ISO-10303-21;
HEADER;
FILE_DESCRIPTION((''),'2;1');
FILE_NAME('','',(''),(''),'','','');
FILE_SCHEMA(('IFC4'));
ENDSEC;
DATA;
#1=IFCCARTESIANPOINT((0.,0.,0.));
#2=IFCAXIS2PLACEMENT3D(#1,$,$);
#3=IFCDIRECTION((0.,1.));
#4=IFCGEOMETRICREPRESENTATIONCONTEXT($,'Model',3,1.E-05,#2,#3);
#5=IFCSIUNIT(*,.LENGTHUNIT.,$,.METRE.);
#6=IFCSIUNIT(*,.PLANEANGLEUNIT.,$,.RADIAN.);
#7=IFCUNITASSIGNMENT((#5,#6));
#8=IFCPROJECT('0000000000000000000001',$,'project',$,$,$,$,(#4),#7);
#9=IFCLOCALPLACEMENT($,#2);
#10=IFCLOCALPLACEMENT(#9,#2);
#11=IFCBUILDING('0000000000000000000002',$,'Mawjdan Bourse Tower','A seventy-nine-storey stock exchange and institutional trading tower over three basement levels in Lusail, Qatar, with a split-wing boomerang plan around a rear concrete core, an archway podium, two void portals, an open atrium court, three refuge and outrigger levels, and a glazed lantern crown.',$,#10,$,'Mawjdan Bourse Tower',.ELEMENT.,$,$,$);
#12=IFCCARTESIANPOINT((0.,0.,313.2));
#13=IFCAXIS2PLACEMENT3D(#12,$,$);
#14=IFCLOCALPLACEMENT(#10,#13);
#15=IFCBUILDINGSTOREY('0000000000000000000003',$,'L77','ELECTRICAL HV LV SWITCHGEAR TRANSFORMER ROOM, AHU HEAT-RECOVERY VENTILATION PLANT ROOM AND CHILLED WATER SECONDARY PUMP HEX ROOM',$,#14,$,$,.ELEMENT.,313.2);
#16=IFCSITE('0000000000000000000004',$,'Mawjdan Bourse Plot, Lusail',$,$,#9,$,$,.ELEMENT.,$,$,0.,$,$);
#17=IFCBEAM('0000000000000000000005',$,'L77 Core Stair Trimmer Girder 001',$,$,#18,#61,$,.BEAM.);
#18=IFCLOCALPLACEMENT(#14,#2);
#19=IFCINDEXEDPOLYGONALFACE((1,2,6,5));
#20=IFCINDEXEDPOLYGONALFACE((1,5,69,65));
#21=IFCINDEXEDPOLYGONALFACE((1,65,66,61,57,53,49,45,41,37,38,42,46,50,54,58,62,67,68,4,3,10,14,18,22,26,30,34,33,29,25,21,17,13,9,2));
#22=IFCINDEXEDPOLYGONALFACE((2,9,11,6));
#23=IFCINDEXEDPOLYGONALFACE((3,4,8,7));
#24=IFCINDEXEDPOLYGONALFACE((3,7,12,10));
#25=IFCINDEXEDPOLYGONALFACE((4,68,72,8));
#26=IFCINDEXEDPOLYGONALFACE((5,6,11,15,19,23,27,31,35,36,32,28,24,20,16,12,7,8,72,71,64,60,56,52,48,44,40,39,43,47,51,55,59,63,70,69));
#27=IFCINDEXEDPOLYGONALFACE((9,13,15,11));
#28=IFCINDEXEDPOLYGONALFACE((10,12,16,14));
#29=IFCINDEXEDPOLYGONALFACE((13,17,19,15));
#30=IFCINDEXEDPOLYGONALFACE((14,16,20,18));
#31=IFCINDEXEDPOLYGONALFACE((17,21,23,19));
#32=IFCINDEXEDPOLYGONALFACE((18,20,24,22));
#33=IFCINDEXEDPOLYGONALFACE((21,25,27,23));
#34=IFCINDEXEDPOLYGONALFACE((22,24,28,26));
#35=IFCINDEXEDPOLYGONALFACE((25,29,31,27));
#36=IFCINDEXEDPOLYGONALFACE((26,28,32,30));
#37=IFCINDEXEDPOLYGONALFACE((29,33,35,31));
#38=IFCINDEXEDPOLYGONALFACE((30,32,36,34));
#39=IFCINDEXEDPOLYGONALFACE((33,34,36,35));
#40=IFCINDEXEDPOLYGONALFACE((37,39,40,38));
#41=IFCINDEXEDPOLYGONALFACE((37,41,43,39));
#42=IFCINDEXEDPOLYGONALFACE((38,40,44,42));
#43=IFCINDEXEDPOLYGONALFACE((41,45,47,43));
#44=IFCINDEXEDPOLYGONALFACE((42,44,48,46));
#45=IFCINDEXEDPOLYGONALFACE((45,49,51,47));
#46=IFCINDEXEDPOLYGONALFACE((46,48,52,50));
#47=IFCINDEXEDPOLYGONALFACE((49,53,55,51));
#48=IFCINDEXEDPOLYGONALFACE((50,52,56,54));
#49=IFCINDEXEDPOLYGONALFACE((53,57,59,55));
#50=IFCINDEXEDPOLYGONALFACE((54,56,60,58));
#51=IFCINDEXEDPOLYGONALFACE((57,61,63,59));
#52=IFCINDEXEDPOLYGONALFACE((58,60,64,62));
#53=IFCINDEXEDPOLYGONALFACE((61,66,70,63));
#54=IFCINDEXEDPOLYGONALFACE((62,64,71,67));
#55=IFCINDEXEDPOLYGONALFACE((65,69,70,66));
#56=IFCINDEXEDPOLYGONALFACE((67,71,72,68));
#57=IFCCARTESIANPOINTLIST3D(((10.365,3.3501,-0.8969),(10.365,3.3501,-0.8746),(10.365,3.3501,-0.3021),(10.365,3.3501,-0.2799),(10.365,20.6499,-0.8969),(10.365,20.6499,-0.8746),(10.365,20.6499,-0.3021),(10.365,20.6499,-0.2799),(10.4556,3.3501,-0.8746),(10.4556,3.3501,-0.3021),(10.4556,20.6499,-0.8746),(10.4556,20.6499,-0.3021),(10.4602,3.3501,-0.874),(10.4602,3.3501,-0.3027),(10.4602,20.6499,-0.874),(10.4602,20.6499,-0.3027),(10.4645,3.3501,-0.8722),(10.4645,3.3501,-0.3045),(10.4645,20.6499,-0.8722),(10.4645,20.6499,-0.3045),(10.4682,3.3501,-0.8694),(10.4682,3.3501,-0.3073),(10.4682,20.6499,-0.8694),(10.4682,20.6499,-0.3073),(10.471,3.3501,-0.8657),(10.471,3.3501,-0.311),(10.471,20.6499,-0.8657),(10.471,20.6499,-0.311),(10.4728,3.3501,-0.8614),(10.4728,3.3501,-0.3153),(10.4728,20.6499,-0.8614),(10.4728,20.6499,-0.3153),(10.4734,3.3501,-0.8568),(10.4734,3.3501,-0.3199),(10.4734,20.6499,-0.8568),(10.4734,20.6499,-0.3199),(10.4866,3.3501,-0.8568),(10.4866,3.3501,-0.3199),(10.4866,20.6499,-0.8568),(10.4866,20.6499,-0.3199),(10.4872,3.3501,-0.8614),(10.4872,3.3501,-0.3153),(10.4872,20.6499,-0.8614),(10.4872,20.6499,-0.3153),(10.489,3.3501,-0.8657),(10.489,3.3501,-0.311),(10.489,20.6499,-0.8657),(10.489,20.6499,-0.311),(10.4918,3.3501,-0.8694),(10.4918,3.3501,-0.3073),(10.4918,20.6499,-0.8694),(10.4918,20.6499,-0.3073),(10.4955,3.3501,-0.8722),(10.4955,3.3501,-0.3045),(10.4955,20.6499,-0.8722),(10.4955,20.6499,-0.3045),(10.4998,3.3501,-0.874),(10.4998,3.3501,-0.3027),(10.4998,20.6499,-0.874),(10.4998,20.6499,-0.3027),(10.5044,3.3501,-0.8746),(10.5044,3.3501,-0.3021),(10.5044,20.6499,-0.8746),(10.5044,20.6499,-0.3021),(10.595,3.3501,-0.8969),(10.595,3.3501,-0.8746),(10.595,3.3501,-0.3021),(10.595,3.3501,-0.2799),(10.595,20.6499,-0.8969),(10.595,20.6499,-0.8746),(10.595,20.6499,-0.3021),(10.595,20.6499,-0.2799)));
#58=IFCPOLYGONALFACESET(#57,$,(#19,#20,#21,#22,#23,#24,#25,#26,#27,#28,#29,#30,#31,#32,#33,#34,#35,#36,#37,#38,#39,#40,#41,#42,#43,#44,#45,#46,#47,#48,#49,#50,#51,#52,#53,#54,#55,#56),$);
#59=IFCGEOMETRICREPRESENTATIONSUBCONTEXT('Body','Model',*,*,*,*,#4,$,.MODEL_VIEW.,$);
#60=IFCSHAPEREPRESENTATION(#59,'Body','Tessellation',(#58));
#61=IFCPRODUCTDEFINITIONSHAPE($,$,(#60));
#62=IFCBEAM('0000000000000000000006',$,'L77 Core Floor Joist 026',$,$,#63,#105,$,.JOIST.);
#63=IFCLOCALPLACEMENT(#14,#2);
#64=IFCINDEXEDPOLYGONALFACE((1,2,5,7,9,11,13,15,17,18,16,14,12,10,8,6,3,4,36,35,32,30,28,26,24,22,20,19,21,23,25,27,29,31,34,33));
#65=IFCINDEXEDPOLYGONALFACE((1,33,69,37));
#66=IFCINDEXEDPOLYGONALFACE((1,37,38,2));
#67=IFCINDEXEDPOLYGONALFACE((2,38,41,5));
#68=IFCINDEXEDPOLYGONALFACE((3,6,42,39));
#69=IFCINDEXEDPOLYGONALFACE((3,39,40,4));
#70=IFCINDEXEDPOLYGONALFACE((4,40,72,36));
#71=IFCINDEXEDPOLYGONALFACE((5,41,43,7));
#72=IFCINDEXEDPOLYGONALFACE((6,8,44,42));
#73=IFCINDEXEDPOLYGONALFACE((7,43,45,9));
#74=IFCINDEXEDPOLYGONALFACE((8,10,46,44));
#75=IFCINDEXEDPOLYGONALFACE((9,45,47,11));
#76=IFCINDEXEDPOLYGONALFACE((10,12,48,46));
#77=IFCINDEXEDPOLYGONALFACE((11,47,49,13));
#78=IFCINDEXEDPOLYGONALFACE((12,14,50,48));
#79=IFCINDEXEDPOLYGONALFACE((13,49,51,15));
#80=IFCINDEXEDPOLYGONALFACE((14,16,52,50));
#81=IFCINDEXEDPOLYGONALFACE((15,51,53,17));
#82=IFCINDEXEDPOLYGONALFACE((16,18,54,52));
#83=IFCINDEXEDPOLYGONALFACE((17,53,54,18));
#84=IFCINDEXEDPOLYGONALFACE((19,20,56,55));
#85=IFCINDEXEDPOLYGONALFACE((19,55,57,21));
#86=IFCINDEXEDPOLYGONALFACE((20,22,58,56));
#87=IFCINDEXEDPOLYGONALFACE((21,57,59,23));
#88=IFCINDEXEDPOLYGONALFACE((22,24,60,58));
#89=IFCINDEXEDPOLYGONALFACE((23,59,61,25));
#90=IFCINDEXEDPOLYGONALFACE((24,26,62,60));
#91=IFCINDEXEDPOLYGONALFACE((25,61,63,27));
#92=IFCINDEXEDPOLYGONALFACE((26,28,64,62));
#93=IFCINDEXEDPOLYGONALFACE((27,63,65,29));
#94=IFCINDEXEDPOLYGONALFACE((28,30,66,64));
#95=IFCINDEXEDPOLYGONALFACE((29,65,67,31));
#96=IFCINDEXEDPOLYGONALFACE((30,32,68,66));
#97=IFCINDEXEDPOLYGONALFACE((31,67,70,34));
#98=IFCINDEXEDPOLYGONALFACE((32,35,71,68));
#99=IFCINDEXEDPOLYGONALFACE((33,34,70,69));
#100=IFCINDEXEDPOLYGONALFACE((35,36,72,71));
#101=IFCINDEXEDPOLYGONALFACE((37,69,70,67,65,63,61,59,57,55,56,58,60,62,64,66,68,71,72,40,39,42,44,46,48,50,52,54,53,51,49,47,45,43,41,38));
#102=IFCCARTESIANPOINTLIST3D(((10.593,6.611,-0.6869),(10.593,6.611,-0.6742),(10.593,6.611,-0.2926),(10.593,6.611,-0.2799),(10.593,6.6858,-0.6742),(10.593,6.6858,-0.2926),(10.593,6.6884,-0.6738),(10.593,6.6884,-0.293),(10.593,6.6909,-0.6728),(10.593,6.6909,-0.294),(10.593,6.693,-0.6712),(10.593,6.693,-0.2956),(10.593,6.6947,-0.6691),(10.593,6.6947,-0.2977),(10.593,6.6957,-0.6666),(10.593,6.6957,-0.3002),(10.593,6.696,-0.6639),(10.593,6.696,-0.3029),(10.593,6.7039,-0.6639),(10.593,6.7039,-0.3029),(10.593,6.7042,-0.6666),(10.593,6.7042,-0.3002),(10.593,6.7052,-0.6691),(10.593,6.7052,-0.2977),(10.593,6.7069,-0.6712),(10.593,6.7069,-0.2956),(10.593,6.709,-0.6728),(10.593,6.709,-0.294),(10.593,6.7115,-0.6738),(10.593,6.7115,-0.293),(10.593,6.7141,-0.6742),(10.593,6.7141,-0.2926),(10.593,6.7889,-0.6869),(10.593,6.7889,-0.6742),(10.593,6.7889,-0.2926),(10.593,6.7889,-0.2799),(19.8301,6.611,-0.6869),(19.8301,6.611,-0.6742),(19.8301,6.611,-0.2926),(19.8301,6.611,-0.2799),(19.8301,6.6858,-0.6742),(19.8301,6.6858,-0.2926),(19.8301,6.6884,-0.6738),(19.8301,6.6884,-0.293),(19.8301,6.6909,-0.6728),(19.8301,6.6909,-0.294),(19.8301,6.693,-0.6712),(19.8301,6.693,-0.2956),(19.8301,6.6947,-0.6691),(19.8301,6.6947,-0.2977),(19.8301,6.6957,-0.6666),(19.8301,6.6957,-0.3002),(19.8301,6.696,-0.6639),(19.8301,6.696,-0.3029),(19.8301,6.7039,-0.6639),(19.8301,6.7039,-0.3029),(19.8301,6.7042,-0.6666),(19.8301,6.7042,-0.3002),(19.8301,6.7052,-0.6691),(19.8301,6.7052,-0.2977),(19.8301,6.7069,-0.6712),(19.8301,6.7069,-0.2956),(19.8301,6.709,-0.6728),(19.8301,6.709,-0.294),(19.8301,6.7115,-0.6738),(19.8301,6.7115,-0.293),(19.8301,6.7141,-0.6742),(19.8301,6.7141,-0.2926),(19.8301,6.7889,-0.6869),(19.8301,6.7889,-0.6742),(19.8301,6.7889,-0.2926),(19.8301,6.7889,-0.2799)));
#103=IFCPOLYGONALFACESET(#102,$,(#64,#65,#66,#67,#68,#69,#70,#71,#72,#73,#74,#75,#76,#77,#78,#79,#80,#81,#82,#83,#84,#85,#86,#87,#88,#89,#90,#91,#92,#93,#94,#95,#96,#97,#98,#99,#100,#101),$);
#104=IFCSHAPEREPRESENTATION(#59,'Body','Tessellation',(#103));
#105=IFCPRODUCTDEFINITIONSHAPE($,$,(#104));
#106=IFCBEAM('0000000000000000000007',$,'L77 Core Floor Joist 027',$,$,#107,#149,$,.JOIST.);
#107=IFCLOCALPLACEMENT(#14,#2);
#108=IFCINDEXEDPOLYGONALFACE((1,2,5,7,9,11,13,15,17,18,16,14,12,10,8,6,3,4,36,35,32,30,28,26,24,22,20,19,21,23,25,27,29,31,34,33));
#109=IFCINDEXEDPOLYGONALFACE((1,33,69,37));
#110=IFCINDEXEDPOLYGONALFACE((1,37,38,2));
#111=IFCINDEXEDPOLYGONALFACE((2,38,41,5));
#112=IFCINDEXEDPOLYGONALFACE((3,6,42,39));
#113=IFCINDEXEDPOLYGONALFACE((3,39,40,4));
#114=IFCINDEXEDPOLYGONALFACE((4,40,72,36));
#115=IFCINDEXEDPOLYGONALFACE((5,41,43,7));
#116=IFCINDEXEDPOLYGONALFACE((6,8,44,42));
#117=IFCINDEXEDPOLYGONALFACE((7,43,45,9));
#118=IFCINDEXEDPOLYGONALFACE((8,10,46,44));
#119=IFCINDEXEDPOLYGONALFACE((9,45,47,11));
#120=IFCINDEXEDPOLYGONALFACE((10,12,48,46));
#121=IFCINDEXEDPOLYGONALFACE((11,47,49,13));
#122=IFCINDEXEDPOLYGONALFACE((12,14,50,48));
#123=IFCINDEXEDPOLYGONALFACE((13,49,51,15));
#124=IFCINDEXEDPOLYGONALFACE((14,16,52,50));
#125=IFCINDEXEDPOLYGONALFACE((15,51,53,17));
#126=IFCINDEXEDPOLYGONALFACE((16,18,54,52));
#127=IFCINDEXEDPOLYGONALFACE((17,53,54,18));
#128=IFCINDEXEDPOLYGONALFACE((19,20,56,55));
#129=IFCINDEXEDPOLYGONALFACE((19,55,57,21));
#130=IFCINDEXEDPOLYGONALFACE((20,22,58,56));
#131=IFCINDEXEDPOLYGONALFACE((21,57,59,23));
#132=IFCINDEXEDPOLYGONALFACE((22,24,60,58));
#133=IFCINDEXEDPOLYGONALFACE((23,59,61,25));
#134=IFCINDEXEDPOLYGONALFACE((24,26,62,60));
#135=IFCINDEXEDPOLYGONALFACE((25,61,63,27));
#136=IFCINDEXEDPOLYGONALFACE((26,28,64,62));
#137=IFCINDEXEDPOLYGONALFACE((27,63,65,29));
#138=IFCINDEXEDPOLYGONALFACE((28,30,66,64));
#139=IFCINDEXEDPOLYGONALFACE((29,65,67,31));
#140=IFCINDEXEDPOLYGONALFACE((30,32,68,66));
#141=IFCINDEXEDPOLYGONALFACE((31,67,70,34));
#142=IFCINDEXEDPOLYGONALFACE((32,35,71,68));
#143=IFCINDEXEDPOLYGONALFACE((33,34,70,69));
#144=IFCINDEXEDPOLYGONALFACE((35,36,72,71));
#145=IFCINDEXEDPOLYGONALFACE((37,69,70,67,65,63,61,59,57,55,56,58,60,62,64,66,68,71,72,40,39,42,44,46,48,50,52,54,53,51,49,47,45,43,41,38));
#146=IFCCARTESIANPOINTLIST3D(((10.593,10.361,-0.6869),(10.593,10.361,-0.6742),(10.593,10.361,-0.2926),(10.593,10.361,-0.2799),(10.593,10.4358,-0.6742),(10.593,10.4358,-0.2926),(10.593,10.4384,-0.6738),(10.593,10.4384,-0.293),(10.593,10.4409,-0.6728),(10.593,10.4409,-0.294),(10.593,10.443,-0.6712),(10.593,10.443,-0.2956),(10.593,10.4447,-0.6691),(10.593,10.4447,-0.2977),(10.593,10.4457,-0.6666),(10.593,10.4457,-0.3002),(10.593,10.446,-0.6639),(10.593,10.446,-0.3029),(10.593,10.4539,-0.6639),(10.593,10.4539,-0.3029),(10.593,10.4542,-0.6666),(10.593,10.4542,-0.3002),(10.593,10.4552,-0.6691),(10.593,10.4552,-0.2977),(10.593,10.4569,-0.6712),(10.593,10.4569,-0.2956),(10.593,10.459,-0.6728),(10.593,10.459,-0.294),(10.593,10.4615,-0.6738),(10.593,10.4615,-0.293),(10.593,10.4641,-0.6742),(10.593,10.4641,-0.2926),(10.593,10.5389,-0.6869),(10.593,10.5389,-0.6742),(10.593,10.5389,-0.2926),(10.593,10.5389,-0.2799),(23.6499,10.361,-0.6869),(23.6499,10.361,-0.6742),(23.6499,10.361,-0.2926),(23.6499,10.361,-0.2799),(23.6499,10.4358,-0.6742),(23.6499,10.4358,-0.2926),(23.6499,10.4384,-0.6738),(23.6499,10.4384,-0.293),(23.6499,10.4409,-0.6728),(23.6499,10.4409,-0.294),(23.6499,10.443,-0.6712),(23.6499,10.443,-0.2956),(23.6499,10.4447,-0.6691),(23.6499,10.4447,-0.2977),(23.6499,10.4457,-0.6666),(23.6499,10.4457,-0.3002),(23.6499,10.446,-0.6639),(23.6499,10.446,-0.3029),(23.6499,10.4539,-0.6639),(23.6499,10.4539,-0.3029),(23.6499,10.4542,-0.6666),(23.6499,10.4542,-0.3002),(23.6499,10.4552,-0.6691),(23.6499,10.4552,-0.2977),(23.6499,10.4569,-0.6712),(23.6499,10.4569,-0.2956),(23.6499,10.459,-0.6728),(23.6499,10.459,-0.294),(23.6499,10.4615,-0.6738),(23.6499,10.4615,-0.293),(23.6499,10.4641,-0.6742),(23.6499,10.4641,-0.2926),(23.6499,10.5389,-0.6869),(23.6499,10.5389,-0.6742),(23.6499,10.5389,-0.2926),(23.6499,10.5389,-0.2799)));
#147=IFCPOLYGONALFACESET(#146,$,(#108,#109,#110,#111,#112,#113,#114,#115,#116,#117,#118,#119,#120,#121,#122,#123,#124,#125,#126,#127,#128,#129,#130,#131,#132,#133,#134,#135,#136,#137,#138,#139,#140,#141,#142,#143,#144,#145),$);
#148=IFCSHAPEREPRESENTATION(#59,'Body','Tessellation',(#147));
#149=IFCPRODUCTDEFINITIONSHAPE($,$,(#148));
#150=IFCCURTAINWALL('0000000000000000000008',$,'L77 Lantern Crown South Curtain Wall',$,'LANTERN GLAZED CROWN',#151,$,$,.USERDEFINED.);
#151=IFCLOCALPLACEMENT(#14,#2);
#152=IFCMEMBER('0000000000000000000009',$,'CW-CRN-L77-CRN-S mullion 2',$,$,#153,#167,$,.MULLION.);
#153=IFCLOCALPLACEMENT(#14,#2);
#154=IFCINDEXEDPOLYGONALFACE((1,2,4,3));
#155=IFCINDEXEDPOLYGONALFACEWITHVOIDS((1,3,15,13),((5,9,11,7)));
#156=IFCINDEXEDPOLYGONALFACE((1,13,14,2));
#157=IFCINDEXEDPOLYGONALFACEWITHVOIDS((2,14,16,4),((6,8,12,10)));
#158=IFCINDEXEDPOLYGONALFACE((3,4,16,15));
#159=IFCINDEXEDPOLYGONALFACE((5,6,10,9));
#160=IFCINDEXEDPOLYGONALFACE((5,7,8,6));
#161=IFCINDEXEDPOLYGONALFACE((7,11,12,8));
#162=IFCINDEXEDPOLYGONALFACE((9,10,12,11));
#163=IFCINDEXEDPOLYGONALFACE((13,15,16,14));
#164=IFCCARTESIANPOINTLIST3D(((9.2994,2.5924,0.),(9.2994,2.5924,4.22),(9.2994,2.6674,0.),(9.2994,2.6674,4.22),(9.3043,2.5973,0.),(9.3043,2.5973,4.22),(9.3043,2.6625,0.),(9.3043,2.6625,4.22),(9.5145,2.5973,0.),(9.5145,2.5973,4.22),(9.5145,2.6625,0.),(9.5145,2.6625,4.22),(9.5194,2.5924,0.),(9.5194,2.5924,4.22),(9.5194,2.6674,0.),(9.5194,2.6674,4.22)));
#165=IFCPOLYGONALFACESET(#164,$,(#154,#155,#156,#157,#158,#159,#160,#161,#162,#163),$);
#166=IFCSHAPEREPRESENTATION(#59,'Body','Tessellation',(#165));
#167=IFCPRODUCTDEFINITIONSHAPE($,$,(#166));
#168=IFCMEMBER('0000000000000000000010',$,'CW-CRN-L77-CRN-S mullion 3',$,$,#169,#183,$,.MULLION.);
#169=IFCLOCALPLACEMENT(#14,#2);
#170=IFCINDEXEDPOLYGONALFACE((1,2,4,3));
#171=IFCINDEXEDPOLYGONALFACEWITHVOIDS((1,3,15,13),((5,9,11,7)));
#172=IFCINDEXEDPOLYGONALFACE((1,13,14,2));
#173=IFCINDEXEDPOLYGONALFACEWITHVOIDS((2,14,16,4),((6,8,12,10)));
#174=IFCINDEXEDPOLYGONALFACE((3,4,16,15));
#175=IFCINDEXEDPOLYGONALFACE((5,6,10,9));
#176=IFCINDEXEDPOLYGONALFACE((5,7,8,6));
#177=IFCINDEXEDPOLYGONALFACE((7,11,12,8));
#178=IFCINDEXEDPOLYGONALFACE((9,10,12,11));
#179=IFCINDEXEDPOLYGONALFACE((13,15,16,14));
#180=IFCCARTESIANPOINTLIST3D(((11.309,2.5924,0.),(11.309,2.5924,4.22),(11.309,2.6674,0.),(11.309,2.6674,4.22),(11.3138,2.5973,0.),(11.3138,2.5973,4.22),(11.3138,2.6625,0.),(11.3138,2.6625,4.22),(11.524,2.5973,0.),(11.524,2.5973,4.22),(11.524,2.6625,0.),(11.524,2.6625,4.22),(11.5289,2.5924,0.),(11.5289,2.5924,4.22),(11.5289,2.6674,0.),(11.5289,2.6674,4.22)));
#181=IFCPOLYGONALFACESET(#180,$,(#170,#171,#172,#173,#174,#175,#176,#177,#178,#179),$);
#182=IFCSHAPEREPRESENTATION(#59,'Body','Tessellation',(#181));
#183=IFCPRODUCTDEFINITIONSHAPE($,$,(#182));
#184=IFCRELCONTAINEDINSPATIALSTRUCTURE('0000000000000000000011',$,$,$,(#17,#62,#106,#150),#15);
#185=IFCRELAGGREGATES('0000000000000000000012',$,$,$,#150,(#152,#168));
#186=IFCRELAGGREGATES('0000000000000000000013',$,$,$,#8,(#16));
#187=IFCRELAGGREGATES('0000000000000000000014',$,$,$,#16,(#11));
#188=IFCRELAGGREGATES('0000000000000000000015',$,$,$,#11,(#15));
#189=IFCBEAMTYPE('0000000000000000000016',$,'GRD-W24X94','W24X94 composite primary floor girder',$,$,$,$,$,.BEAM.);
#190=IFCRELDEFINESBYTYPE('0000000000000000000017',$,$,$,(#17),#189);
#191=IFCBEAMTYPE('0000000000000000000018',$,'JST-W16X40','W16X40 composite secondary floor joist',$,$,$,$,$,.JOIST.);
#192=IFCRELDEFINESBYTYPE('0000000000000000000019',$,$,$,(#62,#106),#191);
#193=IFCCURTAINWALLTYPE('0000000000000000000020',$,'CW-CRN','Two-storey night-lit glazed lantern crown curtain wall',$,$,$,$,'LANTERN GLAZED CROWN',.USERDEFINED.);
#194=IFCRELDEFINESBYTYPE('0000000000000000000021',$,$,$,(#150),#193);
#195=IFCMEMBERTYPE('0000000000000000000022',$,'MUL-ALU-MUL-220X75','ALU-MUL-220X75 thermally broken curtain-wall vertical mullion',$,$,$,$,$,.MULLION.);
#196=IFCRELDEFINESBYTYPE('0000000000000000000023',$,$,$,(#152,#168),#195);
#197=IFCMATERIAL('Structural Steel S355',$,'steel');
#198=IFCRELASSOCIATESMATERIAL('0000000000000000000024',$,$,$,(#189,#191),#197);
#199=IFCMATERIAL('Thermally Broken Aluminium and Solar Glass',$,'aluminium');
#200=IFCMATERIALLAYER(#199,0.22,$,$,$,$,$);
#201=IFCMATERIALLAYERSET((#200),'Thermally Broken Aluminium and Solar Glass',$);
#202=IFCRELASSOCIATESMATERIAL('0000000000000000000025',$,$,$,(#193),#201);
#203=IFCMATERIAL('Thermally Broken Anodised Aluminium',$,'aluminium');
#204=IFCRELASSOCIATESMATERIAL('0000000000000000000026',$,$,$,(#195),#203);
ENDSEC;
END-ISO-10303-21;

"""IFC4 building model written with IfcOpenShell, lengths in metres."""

from ifc_helpers import new_model, si_unit, direction, frame, origin, origin_2d, place, context, subcontext, project, spatial, hollow_rectangle, i_section, extrude, material, layer, layer_set, material_profile, profile_set, type_object, element, aggregate, save


model = new_model("IFC4")

# Units and contexts
model_context = context("Model", 3, precision=1e-05, world=origin(), true_north=direction((0.0, 1.0)))
body_context = subcontext(model_context, "Body", "Model", "MODEL_VIEW")
ifc_project = project(units=[si_unit("LENGTHUNIT", "METRE"), si_unit("PLANEANGLEUNIT", "RADIAN")], contexts=[model_context])

# Site, building, storey
site_placement = place(None, origin())
site = spatial("IfcSite", under=ifc_project, at=site_placement, Name="Mawjdan Bourse Plot, Lusail", CompositionType="ELEMENT", RefElevation=0.0)
building_placement = place(site_placement, origin())
building = spatial("IfcBuilding", under=site, at=building_placement, Name="Mawjdan Bourse Tower", Description="A seventy-nine-storey stock exchange and institutional trading tower over three basement levels in Lusail, Qatar, with a split-wing boomerang plan around a rear concrete core, an archway podium, two void portals, an open atrium court, three refuge and outrigger levels, and a glazed lantern crown.", LongName="Mawjdan Bourse Tower", CompositionType="ELEMENT")
storey_placement = place(building_placement, frame((0.0, 0.0, 313.2)))
storey = spatial("IfcBuildingStorey", under=building, at=storey_placement, Name="L77", Description="ELECTRICAL HV LV SWITCHGEAR TRANSFORMER ROOM, AHU HEAT-RECOVERY VENTILATION PLANT ROOM AND CHILLED WATER SECONDARY PUMP HEX ROOM", CompositionType="ELEMENT", Elevation=313.2)

# Beams
ifc_material_1 = material(Name="Structural Steel S355", Category="steel")
ifc_material_profile_1 = material_profile(ifc_material_1, i_section(OverallWidth=0.23, OverallDepth=0.6169, WebThickness=0.0132, FlangeThickness=0.0222, FilletRadius=0.0178, at=origin_2d()), Name="W24X94")
ifc_profile_set_1 = profile_set([ifc_material_profile_1], Name="Structural Steel S355")
beam_type_1 = type_object("IfcBeamType", Name="GRD-W24X94", Description="W24X94 composite primary floor girder", PredefinedType="BEAM", material=ifc_profile_set_1)
beam_1_placement = place(storey_placement, frame((10.48, 3.3501, -0.5884), z_axis=(0.0, 1.0, 0.0), x_axis=(-1.0, 0.0, 0.0)))
element("IfcBeam", 1, at=beam_1_placement, inside=storey, type_object=beam_type_1, Name="L77 Core Stair Trimmer Girder 001", PredefinedType="BEAM", context=body_context, shape_type="SweptSolid", body=[
    extrude(i_section(OverallWidth=0.23, OverallDepth=0.6169, WebThickness=0.0132, FlangeThickness=0.0222, FilletRadius=0.0178, at=origin_2d()), origin(), (0.0, 0.0, 1.0), 17.2998),
])
ifc_material_profile_2 = material_profile(ifc_material_1, i_section(OverallWidth=0.178, OverallDepth=0.407, WebThickness=0.0078, FlangeThickness=0.0127, FilletRadius=0.0103, at=origin_2d()), Name="W16X40")
ifc_profile_set_2 = profile_set([ifc_material_profile_2], Name="Structural Steel S355")
beam_type_2 = type_object("IfcBeamType", Name="JST-W16X40", Description="W16X40 composite secondary floor joist", PredefinedType="JOIST", material=ifc_profile_set_2)
beam_2_placement = place(storey_placement, frame((10.593, 6.7, -0.4834), z_axis=(1.0, 0.0, 0.0), x_axis=(0.0, 1.0, 0.0)))
element("IfcBeam", 2, at=beam_2_placement, inside=storey, type_object=beam_type_2, Name="L77 Core Floor Joist 026", PredefinedType="JOIST", context=body_context, shape_type="SweptSolid", body=[
    extrude(i_section(OverallWidth=0.178, OverallDepth=0.407, WebThickness=0.0078, FlangeThickness=0.0127, FilletRadius=0.0103, at=origin_2d()), origin(), (0.0, 0.0, 1.0), 9.2371),
])
beam_3_placement = place(storey_placement, frame((10.593, 10.45, -0.4834), z_axis=(1.0, 0.0, 0.0), x_axis=(0.0, 1.0, 0.0)))
element("IfcBeam", 3, at=beam_3_placement, inside=storey, type_object=beam_type_2, Name="L77 Core Floor Joist 027", PredefinedType="JOIST", context=body_context, shape_type="SweptSolid", body=[
    extrude(i_section(OverallWidth=0.178, OverallDepth=0.407, WebThickness=0.0078, FlangeThickness=0.0127, FilletRadius=0.0103, at=origin_2d()), origin(), (0.0, 0.0, 1.0), 13.0569),
])

# Curtain wall, members
ifc_material_2 = material(Name="Thermally Broken Aluminium and Solar Glass", Category="aluminium")
ifc_layer_1 = layer(ifc_material_2, 0.22)
ifc_layer_set_1 = layer_set([ifc_layer_1], Name="Thermally Broken Aluminium and Solar Glass")
curtain_wall_type = type_object("IfcCurtainWallType", Name="CW-CRN", Description="Two-storey night-lit glazed lantern crown curtain wall", ElementType="LANTERN GLAZED CROWN", PredefinedType="USERDEFINED", material=ifc_layer_set_1)
curtain_wall_placement = place(storey_placement, origin())
curtain_wall = element("IfcCurtainWall", 4, at=curtain_wall_placement, inside=storey, type_object=curtain_wall_type, Name="L77 Lantern Crown South Curtain Wall", ObjectType="LANTERN GLAZED CROWN", PredefinedType="USERDEFINED")
ifc_material_3 = material(Name="Thermally Broken Anodised Aluminium", Category="aluminium")
ifc_material_profile_3 = material_profile(ifc_material_3, hollow_rectangle(XDim=0.075, YDim=0.22, WallThickness=0.0049, at=origin_2d()), Name="ALU-MUL-220X75")
ifc_profile_set_3 = profile_set([ifc_material_profile_3], Name="Thermally Broken Anodised Aluminium")
member_type_1 = type_object("IfcMemberType", Name="MUL-ALU-MUL-220X75", Description="ALU-MUL-220X75 thermally broken curtain-wall vertical mullion", PredefinedType="MULLION", material=ifc_profile_set_3)
member_1_placement = place(storey_placement, frame((9.4094, 2.6299, 0.0), z_axis=(0.0, 0.0, 1.0), x_axis=(0.0, 1.0, 0.0)))
member_1 = element("IfcMember", 5, at=member_1_placement, type_object=member_type_1, Name="CW-CRN-L77-CRN-S mullion 2", PredefinedType="MULLION", context=body_context, shape_type="SweptSolid", body=[
    extrude(hollow_rectangle(XDim=0.075, YDim=0.22, WallThickness=0.0049, at=origin_2d()), origin(), (0.0, 0.0, 1.0), 4.22),
])
member_2_placement = place(storey_placement, frame((11.4189, 2.6299, 0.0), z_axis=(0.0, 0.0, 1.0), x_axis=(0.0, 1.0, 0.0)))
member_2 = element("IfcMember", 6, at=member_2_placement, type_object=member_type_1, Name="CW-CRN-L77-CRN-S mullion 3", PredefinedType="MULLION", context=body_context, shape_type="SweptSolid", body=[
    extrude(hollow_rectangle(XDim=0.075, YDim=0.22, WallThickness=0.0049, at=origin_2d()), origin(), (0.0, 0.0, 1.0), 4.22),
])
aggregate(curtain_wall, [member_1, member_2])

save(model, "model.ifc")
